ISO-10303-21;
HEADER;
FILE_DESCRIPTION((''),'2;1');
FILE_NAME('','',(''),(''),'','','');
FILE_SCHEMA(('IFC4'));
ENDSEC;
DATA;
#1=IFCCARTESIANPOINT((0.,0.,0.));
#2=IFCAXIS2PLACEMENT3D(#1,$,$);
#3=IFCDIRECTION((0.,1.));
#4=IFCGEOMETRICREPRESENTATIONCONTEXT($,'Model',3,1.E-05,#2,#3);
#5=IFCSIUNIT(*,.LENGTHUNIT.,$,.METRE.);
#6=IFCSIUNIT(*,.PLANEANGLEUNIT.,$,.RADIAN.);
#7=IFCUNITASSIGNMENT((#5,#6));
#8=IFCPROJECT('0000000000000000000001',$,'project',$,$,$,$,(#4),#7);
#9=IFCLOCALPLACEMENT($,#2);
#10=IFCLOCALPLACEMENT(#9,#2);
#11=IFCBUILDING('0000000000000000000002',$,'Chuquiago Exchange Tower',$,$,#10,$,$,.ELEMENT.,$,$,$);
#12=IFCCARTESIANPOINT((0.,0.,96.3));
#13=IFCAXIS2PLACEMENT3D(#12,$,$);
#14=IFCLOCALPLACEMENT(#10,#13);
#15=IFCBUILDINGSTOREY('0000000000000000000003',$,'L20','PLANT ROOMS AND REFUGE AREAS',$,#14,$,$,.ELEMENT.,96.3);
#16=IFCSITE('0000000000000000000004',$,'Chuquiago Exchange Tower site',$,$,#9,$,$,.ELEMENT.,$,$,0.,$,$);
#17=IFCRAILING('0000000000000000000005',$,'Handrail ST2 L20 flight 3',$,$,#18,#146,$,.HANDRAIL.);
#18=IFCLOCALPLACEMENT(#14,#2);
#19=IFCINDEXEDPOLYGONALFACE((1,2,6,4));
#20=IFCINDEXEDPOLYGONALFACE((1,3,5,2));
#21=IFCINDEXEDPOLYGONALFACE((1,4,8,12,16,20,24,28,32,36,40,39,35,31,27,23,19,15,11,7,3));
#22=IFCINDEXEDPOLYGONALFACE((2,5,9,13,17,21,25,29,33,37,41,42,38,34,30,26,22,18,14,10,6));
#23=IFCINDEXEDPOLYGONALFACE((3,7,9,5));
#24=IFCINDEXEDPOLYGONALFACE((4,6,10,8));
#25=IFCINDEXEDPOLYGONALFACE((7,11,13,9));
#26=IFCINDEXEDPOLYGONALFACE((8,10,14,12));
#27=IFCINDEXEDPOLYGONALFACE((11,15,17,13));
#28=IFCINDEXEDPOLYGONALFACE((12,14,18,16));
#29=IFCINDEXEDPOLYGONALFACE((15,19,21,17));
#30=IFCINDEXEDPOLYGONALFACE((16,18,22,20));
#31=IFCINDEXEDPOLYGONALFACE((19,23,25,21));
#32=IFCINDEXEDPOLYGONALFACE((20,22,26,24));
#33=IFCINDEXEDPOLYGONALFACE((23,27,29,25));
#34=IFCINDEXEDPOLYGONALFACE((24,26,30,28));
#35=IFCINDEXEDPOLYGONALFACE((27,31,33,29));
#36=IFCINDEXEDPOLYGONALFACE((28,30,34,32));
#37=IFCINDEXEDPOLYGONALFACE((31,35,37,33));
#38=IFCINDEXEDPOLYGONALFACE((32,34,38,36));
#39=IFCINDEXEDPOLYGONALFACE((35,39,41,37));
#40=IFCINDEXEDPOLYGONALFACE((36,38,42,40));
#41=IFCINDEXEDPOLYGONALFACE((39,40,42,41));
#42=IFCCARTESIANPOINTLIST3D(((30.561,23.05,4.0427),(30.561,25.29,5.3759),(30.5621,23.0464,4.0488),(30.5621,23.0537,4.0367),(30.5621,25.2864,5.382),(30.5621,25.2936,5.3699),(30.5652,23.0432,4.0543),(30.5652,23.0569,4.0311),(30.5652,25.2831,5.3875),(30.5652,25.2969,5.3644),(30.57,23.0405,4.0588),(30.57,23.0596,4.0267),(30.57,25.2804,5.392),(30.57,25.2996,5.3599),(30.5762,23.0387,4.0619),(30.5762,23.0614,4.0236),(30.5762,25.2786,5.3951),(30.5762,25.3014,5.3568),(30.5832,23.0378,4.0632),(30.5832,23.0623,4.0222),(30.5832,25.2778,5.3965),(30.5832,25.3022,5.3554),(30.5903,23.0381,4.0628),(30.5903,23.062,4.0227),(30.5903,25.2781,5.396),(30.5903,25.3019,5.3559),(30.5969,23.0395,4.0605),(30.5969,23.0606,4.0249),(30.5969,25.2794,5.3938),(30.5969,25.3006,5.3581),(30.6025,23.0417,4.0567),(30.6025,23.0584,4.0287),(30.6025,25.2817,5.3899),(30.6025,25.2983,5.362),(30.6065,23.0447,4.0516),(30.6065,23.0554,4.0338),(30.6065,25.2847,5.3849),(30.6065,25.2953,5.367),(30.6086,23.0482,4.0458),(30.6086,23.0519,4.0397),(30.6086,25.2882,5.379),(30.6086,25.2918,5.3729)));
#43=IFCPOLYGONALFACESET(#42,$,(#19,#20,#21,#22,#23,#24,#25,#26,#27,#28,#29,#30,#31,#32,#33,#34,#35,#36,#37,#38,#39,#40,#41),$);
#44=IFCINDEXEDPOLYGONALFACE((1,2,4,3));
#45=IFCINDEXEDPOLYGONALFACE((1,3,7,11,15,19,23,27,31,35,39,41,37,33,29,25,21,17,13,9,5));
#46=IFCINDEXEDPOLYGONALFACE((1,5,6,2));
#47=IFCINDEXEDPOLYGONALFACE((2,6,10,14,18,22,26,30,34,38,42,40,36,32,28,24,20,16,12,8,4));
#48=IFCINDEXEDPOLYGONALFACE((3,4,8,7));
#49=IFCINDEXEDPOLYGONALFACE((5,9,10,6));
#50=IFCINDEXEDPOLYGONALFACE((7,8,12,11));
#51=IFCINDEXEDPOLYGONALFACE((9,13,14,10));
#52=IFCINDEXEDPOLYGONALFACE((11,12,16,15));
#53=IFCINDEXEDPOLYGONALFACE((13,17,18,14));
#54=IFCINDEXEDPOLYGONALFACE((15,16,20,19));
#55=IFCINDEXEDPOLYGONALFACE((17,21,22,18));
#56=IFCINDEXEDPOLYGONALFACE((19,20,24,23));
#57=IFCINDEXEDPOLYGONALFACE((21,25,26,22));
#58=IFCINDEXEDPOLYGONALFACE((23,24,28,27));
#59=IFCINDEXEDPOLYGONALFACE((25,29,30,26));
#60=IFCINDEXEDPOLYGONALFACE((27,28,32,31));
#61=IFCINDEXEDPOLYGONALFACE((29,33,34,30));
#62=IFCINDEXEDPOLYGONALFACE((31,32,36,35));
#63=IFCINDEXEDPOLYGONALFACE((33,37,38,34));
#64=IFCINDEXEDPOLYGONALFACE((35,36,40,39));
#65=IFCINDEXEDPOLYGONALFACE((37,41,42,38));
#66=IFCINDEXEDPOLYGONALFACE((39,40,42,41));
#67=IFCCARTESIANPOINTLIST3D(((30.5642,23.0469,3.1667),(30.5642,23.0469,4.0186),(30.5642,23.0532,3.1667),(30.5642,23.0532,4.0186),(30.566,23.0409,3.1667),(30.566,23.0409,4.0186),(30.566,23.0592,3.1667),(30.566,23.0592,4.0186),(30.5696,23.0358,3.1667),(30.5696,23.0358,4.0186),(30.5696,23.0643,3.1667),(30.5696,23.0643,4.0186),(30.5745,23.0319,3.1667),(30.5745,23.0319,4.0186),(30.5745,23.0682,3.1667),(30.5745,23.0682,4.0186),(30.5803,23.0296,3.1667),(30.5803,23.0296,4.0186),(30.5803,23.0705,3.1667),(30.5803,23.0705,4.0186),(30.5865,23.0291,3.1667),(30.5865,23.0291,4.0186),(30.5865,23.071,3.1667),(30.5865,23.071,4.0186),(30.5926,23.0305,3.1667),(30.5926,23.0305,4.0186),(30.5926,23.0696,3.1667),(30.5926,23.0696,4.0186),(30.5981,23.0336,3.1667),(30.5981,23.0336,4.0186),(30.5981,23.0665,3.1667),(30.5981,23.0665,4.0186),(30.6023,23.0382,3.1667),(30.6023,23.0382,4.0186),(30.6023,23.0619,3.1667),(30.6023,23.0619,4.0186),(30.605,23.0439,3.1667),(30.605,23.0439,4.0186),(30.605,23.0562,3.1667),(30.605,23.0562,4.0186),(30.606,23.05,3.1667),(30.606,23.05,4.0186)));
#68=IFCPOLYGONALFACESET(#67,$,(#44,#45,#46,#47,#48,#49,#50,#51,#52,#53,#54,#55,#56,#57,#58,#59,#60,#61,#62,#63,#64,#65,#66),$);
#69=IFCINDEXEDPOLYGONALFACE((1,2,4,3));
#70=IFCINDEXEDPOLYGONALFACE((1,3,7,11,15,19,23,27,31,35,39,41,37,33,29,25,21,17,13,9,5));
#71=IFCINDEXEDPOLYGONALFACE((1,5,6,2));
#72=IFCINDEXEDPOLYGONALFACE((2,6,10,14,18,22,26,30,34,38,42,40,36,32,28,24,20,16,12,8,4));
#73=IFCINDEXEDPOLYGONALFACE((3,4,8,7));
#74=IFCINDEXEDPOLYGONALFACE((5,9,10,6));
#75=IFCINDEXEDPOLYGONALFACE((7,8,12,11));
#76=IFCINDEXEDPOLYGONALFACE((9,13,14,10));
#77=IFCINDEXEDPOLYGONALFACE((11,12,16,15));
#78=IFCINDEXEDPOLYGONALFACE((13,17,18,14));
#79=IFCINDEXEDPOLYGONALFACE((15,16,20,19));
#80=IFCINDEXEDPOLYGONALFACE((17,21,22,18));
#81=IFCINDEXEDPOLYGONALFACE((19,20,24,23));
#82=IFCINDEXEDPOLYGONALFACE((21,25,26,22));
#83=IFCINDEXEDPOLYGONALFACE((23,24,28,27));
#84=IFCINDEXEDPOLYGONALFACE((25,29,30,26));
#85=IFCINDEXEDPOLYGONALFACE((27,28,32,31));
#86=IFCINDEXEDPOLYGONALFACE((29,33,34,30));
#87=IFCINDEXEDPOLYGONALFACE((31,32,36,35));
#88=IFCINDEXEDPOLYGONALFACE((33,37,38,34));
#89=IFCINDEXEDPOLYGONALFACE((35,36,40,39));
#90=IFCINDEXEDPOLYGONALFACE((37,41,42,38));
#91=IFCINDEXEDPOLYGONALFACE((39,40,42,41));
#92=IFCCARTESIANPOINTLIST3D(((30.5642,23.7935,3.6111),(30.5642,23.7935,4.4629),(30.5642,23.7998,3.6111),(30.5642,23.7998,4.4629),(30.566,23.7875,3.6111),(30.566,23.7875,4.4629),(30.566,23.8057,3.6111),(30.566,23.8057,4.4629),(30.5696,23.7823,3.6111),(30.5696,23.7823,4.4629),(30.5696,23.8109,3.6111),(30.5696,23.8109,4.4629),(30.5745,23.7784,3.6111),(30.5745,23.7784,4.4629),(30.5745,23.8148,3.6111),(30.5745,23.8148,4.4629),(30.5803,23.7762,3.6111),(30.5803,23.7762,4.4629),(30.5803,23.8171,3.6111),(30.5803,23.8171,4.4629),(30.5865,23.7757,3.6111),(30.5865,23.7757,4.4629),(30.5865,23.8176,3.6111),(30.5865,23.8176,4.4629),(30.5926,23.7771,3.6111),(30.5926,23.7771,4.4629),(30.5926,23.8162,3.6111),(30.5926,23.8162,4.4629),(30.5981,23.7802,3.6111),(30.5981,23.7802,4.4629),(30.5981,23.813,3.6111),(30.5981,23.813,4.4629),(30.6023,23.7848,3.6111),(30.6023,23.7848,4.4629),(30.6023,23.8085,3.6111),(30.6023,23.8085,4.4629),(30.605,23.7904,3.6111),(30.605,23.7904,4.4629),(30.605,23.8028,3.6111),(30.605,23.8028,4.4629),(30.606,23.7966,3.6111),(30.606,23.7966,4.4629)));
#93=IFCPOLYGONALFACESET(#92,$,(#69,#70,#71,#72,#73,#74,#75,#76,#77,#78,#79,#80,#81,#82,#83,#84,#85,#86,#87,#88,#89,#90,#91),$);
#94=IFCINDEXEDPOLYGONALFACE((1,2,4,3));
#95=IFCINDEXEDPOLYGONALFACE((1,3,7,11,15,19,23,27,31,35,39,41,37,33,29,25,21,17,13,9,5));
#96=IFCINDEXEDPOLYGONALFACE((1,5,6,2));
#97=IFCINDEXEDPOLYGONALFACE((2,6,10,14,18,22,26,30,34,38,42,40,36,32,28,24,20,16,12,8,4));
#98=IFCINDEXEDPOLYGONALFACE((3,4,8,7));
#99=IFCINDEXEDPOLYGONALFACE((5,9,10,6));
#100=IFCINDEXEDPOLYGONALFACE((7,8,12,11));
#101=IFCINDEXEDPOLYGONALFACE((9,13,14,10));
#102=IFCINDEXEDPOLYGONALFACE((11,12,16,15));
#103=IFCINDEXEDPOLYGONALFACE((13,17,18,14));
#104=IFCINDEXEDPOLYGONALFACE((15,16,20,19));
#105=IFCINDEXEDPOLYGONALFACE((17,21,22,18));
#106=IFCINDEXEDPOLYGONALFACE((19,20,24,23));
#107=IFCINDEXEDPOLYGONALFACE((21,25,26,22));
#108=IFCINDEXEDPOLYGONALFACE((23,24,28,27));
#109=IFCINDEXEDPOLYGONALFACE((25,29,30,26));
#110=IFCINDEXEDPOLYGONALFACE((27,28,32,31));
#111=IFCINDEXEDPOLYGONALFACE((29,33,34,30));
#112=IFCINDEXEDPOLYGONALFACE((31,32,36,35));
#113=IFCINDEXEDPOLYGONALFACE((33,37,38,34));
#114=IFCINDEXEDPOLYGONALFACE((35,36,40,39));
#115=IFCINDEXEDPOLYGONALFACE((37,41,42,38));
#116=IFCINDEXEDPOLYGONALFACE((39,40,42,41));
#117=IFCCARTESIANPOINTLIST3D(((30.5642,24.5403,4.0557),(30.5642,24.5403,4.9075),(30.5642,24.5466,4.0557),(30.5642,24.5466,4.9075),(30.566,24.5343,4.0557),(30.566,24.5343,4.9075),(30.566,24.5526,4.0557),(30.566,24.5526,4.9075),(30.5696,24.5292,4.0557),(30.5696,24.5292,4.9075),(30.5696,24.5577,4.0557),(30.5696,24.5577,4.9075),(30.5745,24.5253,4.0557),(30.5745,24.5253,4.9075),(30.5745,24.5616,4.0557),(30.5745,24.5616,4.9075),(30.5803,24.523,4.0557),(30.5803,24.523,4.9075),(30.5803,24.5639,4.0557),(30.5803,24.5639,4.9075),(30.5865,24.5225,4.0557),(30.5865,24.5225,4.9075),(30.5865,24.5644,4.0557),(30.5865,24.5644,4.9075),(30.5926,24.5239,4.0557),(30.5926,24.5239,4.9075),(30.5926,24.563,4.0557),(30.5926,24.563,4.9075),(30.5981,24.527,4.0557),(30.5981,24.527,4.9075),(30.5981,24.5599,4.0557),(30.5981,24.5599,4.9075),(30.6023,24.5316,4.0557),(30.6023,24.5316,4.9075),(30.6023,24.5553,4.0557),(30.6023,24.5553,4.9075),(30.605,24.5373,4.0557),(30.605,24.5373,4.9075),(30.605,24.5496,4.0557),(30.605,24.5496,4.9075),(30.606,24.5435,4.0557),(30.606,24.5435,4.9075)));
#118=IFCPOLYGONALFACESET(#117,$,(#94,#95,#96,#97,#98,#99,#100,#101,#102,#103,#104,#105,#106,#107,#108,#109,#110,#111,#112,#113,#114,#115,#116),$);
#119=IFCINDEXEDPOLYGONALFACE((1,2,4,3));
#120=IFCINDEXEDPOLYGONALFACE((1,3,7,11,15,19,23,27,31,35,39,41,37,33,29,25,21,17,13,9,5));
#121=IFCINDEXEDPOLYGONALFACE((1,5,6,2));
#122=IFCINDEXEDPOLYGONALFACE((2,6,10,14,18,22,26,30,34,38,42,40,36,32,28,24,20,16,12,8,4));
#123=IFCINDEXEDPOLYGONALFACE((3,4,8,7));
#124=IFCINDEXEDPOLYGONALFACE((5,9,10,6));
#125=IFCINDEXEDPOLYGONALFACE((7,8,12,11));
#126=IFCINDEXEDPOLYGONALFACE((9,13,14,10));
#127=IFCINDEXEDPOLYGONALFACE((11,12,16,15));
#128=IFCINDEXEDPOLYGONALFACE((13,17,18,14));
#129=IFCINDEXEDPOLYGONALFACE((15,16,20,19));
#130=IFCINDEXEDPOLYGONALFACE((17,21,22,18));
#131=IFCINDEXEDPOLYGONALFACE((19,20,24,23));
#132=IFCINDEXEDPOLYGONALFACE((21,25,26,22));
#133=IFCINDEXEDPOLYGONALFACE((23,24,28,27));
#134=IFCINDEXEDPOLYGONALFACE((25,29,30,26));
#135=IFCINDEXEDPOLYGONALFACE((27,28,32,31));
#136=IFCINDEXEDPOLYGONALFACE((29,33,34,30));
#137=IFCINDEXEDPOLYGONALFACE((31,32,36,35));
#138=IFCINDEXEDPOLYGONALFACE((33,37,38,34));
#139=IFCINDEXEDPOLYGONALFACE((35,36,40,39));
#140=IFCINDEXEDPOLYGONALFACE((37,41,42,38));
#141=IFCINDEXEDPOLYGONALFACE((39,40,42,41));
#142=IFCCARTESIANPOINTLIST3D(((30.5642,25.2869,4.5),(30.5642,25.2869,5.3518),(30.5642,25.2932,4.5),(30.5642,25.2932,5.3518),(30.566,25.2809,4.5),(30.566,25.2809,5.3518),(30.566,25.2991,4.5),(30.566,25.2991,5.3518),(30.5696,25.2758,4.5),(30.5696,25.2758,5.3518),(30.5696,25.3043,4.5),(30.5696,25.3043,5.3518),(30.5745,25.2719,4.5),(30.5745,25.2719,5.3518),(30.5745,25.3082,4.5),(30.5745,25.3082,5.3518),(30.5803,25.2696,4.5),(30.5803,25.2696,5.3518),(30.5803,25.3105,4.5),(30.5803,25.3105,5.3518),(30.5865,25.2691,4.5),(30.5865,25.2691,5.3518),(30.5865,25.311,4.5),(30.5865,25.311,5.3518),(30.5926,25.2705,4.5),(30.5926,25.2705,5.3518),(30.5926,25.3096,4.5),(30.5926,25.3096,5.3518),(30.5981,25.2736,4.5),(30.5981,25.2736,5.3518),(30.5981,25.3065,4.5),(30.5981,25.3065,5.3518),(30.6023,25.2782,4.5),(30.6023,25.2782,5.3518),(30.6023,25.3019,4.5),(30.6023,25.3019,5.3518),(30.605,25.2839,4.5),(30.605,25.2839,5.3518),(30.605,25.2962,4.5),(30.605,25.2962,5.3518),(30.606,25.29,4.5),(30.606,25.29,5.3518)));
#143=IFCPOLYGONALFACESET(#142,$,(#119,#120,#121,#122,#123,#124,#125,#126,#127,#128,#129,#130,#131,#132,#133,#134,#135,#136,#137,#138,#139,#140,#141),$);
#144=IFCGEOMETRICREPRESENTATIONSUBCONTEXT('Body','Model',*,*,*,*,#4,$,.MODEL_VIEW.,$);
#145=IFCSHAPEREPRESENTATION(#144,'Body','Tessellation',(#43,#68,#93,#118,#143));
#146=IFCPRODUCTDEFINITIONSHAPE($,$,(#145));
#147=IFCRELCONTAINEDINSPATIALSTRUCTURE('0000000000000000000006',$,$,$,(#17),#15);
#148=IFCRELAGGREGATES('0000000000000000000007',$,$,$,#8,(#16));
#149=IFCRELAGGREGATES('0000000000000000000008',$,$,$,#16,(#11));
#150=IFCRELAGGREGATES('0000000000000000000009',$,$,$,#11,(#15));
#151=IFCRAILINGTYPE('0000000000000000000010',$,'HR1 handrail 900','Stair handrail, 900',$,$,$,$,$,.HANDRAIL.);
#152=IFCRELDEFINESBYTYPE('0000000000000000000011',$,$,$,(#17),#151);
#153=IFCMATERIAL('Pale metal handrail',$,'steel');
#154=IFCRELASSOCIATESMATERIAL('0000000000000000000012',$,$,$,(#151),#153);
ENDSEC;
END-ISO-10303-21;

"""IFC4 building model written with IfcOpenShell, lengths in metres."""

from ifc_helpers import new_model, si_unit, direction, frame, origin, origin_2d, place, context, subcontext, project, spatial, circle, extrude, material, type_object, element, save


model = new_model("IFC4")

# Units and contexts
model_context = context("Model", 3, precision=1e-05, world=origin(), true_north=direction((0.0, 1.0)))
body_context = subcontext(model_context, "Body", "Model", "MODEL_VIEW")
ifc_project = project(units=[si_unit("LENGTHUNIT", "METRE"), si_unit("PLANEANGLEUNIT", "RADIAN")], contexts=[model_context])

# Site, building, storey
site_placement = place(None, origin())
site = spatial("IfcSite", under=ifc_project, at=site_placement, Name="Chuquiago Exchange Tower site", CompositionType="ELEMENT", RefElevation=0.0)
building_placement = place(site_placement, origin())
building = spatial("IfcBuilding", under=site, at=building_placement, Name="Chuquiago Exchange Tower", CompositionType="ELEMENT")
storey_placement = place(building_placement, frame((0.0, 0.0, 96.3)))
storey = spatial("IfcBuildingStorey", under=building, at=storey_placement, Name="L20", Description="PLANT ROOMS AND REFUGE AREAS", CompositionType="ELEMENT", Elevation=96.3)

# Railing
ifc_material_1 = material(Name="Pale metal handrail", Category="steel")
railing_type = type_object("IfcRailingType", Name="HR1 handrail 900", Description="Stair handrail, 900", PredefinedType="HANDRAIL", material=ifc_material_1)
for number, where, name in (
    (1, (30.585, 23.05, 3.1667), "Handrail ST2 L20 flight 3"),
):
    element("IfcRailing", number, at=place(storey_placement, frame(where)), inside=storey, type_object=railing_type, Name=name, PredefinedType="HANDRAIL", context=body_context, shape_type="SweptSolid", body=[
        extrude(circle(Radius=0.0239, at=origin_2d()), frame((0.0, 0.0, 0.876), z_axis=(0.0, 0.859306, 0.511462), x_axis=(-1.0, 0.0, 0.0)), (0.0, 0.0, 1.0), 2.6067),
        extrude(circle(Radius=0.021, at=origin_2d()), origin(), (0.0, 0.0, 1.0), 0.8518),
        extrude(circle(Radius=0.021, at=origin_2d()), frame((0.0, 0.7466, 0.4443)), (0.0, 0.0, 1.0), 0.8518),
        extrude(circle(Radius=0.021, at=origin_2d()), frame((0.0, 1.4934, 0.8889)), (0.0, 0.0, 1.0), 0.8518),
        extrude(circle(Radius=0.021, at=origin_2d()), frame((0.0, 2.24, 1.3333)), (0.0, 0.0, 1.0), 0.8518),
    ])

save(model, "model.ifc")
